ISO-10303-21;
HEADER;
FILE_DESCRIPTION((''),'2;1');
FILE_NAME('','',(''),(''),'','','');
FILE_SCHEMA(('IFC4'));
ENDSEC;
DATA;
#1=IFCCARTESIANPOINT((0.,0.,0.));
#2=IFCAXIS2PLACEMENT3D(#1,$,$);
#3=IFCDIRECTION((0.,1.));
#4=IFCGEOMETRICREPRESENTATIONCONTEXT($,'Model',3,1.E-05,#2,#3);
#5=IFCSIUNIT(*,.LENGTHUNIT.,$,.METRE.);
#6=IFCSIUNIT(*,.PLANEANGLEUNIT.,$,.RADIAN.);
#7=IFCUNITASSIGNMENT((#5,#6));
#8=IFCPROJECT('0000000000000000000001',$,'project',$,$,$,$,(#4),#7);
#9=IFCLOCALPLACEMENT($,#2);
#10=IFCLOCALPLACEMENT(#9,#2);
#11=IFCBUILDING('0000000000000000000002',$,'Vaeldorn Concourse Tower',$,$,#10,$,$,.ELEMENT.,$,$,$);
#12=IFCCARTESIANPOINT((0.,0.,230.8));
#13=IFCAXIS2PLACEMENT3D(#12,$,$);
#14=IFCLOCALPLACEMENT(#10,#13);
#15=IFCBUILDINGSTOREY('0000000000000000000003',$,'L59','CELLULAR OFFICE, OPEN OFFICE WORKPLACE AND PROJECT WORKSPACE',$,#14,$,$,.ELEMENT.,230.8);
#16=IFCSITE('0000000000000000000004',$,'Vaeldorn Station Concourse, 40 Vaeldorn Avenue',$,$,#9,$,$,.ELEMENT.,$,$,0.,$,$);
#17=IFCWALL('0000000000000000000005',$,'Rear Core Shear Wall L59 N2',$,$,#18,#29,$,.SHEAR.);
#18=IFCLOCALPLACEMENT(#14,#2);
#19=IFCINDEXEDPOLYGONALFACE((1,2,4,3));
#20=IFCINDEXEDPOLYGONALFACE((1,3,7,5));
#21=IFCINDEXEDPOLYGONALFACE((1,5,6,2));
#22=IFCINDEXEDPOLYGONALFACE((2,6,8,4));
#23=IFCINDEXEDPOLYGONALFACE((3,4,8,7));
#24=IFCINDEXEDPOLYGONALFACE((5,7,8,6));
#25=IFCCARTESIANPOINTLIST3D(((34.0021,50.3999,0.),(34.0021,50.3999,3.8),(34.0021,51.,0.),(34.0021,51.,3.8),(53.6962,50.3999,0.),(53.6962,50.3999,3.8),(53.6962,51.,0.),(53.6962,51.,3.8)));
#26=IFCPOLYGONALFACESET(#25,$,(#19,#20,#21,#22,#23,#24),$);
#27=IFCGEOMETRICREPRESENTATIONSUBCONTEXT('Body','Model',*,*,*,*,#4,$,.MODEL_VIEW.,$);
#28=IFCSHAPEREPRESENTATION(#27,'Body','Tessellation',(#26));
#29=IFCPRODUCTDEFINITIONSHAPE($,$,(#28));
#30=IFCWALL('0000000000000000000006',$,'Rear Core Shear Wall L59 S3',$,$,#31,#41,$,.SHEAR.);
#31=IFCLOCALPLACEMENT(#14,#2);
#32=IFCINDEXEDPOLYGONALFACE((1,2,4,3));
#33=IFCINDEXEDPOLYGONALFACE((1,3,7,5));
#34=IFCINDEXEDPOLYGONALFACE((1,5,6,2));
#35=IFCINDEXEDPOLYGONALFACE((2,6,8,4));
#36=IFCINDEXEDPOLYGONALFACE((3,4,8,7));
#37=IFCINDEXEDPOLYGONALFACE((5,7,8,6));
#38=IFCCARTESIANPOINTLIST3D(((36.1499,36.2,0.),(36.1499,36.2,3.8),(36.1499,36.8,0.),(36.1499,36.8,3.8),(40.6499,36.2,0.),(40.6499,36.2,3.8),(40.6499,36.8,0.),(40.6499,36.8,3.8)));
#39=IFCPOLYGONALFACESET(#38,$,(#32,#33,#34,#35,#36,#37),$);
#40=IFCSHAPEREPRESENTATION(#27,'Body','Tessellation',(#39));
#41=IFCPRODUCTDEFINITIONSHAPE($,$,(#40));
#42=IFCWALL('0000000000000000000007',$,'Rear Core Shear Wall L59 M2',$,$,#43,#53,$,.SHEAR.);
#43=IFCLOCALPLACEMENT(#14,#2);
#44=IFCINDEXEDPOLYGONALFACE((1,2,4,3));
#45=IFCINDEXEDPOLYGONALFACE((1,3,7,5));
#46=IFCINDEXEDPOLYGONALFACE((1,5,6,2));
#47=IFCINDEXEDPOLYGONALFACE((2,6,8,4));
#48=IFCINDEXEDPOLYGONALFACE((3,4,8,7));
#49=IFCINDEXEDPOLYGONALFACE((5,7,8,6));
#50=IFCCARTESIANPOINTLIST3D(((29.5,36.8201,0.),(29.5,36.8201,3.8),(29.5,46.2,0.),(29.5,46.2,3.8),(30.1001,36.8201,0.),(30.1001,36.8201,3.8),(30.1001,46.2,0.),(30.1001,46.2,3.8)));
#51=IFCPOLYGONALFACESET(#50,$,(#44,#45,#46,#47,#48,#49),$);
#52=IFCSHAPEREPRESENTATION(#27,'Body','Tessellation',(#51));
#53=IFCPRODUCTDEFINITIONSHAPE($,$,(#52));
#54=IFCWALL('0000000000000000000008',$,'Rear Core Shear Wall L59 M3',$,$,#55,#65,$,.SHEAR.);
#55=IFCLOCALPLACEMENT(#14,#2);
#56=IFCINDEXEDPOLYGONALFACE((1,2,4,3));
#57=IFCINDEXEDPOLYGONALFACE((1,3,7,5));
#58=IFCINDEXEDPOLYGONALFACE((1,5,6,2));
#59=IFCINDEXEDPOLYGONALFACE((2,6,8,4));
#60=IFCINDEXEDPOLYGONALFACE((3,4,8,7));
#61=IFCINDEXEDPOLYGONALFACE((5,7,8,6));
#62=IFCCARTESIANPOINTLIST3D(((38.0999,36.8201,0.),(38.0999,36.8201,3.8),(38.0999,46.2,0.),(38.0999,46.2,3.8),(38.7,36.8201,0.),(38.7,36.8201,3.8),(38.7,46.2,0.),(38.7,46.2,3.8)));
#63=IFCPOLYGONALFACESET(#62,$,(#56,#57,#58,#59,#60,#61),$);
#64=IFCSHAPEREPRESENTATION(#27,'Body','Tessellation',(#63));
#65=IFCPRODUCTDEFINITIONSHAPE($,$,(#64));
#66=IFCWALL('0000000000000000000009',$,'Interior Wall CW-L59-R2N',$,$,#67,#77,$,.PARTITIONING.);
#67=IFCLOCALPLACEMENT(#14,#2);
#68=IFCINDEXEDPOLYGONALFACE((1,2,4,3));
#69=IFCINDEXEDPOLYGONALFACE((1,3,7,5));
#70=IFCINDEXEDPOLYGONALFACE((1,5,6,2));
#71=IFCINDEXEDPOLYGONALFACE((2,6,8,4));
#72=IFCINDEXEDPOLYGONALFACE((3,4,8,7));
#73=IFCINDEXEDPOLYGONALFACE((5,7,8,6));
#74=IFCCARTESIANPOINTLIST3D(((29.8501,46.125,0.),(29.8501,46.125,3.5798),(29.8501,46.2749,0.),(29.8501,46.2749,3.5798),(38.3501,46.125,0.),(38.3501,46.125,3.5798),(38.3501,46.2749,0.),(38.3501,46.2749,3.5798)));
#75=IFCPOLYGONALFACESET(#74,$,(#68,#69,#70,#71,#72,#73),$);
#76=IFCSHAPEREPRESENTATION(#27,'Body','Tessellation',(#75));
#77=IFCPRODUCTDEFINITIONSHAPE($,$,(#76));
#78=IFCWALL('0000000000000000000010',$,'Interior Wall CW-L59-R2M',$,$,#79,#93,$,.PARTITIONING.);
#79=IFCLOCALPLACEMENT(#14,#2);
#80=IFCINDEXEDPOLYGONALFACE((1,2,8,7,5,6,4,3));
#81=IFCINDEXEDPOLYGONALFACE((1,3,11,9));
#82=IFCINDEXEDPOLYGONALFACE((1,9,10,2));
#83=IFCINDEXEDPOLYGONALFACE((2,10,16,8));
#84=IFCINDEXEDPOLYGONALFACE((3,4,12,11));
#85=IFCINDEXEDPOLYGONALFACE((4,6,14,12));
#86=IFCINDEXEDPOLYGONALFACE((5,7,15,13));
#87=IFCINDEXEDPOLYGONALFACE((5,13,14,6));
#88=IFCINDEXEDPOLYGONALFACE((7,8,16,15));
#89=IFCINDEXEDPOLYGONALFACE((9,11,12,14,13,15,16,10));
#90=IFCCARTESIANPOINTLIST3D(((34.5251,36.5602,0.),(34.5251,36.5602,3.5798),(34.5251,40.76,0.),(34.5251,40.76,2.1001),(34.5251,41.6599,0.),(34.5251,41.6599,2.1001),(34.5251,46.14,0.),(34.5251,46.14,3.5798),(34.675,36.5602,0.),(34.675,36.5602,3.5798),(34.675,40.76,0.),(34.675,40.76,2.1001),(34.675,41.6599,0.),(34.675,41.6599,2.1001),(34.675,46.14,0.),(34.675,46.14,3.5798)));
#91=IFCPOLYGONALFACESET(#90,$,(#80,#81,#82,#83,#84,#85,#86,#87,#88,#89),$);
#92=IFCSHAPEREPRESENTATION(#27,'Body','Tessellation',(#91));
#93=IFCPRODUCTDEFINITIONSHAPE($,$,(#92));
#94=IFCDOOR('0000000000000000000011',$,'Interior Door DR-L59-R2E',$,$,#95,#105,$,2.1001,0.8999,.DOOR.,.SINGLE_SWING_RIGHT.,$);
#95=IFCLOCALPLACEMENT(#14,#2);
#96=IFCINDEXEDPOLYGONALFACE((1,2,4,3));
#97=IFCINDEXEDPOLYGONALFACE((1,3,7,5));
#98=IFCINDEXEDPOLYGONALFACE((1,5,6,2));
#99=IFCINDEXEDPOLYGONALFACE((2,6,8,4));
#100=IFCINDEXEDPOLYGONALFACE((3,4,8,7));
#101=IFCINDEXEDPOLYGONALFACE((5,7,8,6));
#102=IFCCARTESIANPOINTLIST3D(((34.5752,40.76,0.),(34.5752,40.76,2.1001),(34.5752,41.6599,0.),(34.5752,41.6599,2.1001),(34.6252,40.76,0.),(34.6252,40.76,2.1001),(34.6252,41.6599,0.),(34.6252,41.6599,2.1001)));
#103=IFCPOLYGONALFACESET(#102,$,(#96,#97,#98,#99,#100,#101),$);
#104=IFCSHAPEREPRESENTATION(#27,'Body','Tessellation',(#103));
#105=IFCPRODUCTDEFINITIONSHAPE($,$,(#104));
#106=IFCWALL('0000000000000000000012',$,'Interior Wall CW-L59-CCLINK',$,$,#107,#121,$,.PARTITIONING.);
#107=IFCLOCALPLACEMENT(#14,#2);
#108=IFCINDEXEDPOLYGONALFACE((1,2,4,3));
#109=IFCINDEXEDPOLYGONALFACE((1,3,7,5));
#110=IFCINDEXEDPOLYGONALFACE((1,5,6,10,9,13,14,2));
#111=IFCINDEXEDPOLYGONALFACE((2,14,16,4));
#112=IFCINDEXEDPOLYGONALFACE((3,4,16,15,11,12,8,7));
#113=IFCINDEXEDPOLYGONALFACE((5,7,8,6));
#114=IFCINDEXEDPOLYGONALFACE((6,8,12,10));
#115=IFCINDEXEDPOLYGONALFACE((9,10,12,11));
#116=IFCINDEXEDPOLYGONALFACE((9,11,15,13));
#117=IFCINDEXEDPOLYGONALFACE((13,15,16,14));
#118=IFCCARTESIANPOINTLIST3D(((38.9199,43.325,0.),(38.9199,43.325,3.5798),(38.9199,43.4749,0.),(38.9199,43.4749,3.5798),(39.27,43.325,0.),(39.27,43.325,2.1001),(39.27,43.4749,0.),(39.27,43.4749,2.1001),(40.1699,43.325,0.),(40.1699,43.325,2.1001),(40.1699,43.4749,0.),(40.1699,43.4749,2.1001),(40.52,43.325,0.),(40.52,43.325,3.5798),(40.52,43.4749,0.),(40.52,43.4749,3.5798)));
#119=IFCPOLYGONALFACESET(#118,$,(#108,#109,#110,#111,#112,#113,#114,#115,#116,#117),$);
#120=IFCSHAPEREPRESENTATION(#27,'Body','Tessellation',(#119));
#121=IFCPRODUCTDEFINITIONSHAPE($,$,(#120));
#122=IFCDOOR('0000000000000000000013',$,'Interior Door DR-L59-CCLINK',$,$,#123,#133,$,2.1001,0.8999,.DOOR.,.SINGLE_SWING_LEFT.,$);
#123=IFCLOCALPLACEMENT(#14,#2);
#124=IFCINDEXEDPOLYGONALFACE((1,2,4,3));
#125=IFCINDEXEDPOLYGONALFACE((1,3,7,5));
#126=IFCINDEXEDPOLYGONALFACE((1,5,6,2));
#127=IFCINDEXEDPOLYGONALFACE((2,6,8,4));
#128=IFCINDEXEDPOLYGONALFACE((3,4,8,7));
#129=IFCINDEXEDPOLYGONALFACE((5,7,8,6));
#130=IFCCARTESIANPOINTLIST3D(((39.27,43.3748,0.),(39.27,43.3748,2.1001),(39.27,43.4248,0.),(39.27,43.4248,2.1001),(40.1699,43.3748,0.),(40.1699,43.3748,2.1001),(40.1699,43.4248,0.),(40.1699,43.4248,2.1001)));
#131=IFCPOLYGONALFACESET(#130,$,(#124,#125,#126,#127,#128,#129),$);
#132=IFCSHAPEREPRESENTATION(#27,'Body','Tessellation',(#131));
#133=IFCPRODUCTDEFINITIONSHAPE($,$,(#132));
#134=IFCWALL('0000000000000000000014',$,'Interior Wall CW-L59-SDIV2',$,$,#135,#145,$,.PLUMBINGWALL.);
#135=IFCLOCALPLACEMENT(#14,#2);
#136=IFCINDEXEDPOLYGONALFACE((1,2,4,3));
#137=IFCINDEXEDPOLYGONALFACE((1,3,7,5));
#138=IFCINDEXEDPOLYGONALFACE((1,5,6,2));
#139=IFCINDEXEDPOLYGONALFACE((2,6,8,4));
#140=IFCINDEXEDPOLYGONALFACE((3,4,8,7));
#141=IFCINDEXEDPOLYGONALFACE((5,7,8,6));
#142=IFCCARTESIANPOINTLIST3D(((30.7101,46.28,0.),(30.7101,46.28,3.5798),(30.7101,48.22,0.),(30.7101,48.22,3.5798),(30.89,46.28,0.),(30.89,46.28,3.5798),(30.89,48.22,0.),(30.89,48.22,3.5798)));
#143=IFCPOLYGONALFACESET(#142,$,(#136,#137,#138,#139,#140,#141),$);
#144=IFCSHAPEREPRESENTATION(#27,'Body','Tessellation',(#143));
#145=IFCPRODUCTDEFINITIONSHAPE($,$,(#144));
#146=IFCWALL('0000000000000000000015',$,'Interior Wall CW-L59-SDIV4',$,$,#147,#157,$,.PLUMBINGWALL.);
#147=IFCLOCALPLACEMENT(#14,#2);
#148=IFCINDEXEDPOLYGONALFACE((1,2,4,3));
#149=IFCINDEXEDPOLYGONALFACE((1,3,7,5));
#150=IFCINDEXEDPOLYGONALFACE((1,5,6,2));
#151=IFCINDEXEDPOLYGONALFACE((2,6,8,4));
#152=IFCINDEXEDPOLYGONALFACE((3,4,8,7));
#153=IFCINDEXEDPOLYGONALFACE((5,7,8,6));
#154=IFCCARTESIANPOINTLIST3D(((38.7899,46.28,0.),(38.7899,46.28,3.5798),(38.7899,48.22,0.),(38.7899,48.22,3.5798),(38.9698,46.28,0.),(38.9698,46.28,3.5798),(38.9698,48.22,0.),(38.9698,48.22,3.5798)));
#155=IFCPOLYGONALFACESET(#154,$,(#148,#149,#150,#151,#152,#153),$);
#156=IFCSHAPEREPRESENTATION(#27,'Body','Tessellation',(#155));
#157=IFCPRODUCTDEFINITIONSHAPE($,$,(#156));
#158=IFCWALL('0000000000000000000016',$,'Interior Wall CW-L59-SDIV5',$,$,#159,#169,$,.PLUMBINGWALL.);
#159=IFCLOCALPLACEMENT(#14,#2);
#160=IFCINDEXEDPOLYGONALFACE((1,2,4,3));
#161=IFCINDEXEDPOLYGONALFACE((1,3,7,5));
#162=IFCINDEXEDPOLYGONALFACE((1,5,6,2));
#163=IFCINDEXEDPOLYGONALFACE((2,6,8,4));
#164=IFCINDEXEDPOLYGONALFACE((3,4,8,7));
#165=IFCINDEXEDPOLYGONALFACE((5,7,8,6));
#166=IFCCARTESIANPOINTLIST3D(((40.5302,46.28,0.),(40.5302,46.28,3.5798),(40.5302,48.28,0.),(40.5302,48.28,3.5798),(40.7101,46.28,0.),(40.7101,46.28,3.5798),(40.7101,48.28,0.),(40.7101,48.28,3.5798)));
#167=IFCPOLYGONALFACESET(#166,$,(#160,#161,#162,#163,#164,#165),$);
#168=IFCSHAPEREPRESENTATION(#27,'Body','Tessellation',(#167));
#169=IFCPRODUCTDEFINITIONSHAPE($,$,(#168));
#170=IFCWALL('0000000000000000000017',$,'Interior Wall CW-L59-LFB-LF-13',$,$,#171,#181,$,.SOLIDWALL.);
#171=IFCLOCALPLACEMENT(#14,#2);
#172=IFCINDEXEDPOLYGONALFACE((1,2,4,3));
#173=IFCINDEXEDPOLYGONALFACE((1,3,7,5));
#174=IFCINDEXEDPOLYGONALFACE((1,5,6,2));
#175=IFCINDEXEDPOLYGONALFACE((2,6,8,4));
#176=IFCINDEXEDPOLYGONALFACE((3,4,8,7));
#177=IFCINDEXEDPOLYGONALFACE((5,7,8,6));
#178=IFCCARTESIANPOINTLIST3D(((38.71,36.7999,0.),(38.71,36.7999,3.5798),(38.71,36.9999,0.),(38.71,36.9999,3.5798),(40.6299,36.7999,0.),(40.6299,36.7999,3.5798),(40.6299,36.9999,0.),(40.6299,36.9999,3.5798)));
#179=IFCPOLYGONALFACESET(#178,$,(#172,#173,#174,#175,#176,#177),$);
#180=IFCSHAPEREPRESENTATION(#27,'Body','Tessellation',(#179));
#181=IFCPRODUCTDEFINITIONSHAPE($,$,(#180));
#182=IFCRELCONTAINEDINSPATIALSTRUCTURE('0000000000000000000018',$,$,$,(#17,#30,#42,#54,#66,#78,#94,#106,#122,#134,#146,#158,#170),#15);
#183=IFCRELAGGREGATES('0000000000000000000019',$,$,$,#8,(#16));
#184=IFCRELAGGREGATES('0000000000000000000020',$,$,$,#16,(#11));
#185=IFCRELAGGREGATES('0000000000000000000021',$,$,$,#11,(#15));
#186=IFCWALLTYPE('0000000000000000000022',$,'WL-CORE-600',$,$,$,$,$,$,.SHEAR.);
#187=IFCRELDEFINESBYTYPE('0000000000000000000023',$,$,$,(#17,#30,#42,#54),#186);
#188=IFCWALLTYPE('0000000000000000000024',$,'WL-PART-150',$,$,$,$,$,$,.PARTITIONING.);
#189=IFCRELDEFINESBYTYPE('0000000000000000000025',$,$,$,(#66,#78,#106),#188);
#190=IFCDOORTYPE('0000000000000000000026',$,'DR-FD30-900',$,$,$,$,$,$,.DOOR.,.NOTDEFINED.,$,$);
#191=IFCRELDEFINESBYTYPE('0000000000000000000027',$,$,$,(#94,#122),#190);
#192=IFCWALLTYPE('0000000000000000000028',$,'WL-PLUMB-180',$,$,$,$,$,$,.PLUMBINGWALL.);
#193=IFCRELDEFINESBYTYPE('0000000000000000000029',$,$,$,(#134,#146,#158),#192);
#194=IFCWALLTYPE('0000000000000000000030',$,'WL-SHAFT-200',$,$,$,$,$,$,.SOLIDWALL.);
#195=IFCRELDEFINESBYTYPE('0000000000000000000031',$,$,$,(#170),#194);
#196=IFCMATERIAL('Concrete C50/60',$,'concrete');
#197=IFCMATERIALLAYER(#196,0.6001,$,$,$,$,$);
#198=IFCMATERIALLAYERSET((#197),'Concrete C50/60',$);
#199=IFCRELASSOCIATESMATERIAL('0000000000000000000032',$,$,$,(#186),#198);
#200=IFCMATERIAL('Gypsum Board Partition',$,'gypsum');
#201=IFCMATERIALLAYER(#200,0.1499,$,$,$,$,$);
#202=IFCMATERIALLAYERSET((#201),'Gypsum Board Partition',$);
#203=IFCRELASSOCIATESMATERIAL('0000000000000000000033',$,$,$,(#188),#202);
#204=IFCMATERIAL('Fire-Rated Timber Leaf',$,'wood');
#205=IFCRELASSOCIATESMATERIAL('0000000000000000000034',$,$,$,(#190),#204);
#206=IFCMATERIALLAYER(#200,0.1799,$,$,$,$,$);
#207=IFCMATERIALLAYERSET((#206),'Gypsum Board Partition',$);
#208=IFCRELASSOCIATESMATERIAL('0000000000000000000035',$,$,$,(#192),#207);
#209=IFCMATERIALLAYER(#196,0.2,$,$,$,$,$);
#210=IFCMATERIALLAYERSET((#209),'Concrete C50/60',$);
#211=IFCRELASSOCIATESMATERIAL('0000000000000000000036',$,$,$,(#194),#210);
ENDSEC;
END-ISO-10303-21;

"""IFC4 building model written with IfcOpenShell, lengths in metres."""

from ifc_helpers import new_model, si_unit, direction, frame, frame_2d, origin, place, context, subcontext, project, spatial, rectangle, extrude, source, transform, mapped, material, layer, layer_set, type_object, element, fill, save


model = new_model("IFC4")

# Units and contexts
model_context = context("Model", 3, precision=1e-05, world=origin(), true_north=direction((0.0, 1.0)))
body_context = subcontext(model_context, "Body", "Model", "MODEL_VIEW")
ifc_project = project(units=[si_unit("LENGTHUNIT", "METRE"), si_unit("PLANEANGLEUNIT", "RADIAN")], contexts=[model_context])

# Site, building, storey
site_placement = place(None, origin())
site = spatial("IfcSite", under=ifc_project, at=site_placement, Name="Vaeldorn Station Concourse, 40 Vaeldorn Avenue", CompositionType="ELEMENT", RefElevation=0.0)
building_placement = place(site_placement, origin())
building = spatial("IfcBuilding", under=site, at=building_placement, Name="Vaeldorn Concourse Tower", CompositionType="ELEMENT")
storey_placement = place(building_placement, frame((0.0, 0.0, 230.8)))
storey = spatial("IfcBuildingStorey", under=building, at=storey_placement, Name="L59", Description="CELLULAR OFFICE, OPEN OFFICE WORKPLACE AND PROJECT WORKSPACE", CompositionType="ELEMENT", Elevation=230.8)

# Walls
ifc_material_1 = material(Name="Concrete C50/60", Category="concrete")
ifc_layer_1 = layer(ifc_material_1, 0.6001)
ifc_layer_set_1 = layer_set([ifc_layer_1], Name="Concrete C50/60")
wall_type_1 = type_object("IfcWallType", Name="WL-CORE-600", PredefinedType="SHEAR", material=ifc_layer_set_1)
wall_1_placement = place(storey_placement, frame((34.002, 50.7, 0.0), z_axis=(0.0, 0.0, 1.0), x_axis=(1.0, 0.0, 0.0)))
element("IfcWall", 1, at=wall_1_placement, inside=storey, type_object=wall_type_1, Name="Rear Core Shear Wall L59 N2", PredefinedType="SHEAR", context=body_context, shape_type="SweptSolid", body=[
    extrude(rectangle(XDim=19.6941, YDim=0.6001, at=frame_2d((9.8472, 0.0))), origin(), (0.0, 0.0, 1.0), 3.8),
])
wall_2_placement = place(storey_placement, frame((36.1499, 36.5, 0.0), z_axis=(0.0, 0.0, 1.0), x_axis=(1.0, 0.0, 0.0)))
element("IfcWall", 2, at=wall_2_placement, inside=storey, type_object=wall_type_1, Name="Rear Core Shear Wall L59 S3", PredefinedType="SHEAR", context=body_context, shape_type="SweptSolid", body=[
    extrude(rectangle(XDim=4.5, YDim=0.6001, at=frame_2d((2.25, 0.0))), origin(), (0.0, 0.0, 1.0), 3.8),
])
for number, where, z_axis, x_axis, name in (
    (3, (29.8, 36.8201, 0.0), (0.0, 0.0, 1.0), (0.0, 1.0, 0.0), "Rear Core Shear Wall L59 M2"),
    (4, (38.3999, 36.8201, 0.0), (0.0, 0.0, 1.0), (0.0, 1.0, 0.0), "Rear Core Shear Wall L59 M3"),
):
    element("IfcWall", number, at=place(storey_placement, frame(where, z_axis=z_axis, x_axis=x_axis)), inside=storey, type_object=wall_type_1, Name=name, PredefinedType="SHEAR", context=body_context, shape_type="SweptSolid", body=[
        extrude(rectangle(XDim=9.3799, YDim=0.6001, at=frame_2d((4.6899, 0.0))), origin(), (0.0, 0.0, 1.0), 3.8),
    ])
ifc_material_2 = material(Name="Gypsum Board Partition", Category="gypsum")
ifc_layer_2 = layer(ifc_material_2, 0.1499)
ifc_layer_set_2 = layer_set([ifc_layer_2], Name="Gypsum Board Partition")
wall_type_2 = type_object("IfcWallType", Name="WL-PART-150", PredefinedType="PARTITIONING", material=ifc_layer_set_2)
wall_3_placement = place(storey_placement, frame((29.8501, 46.2, 0.0), z_axis=(0.0, 0.0, 1.0), x_axis=(1.0, 0.0, 0.0)))
element("IfcWall", 5, at=wall_3_placement, inside=storey, type_object=wall_type_2, Name="Interior Wall CW-L59-R2N", PredefinedType="PARTITIONING", context=body_context, shape_type="SweptSolid", body=[
    extrude(rectangle(XDim=8.5, YDim=0.1499, at=frame_2d((4.25, 0.0))), origin(), (0.0, 0.0, 1.0), 3.5798),
])

# Walls, openings, doors
wall_4_placement = place(storey_placement, frame((34.6001, 36.5601, 0.0), z_axis=(0.0, 0.0, 1.0), x_axis=(0.0, 1.0, 0.0)))
wall_4 = element("IfcWall", 6, at=wall_4_placement, inside=storey, type_object=wall_type_2, Name="Interior Wall CW-L59-R2M", PredefinedType="PARTITIONING", context=body_context, shape_type="SweptSolid", body=[
    extrude(rectangle(XDim=9.5798, YDim=0.1499, at=frame_2d((4.79, 0.0))), origin(), (0.0, 0.0, 1.0), 3.5798),
])
opening_1_placement = place(wall_4_placement, frame((4.2, 0.0, 0.0)))
opening_1 = element("IfcOpeningElement", 7, at=opening_1_placement, cuts=wall_4, PredefinedType="OPENING", context=body_context, shape_type="SweptSolid", body=[
    extrude(rectangle(XDim=0.8999, YDim=2.1001, at=frame_2d((0.45, 1.05))), frame((0.0, 0.085, 0.0), z_axis=(0.0, -1.0, 0.0), x_axis=(1.0, 0.0, 0.0)), (0.0, 0.0, 1.0), 0.1699),
])
ifc_material_3 = material(Name="Fire-Rated Timber Leaf", Category="wood")
door_type_1 = type_object("IfcDoorType", Name="DR-FD30-900", OperationType="NOTDEFINED", PredefinedType="DOOR", material=ifc_material_3)
shared_shape_1 = source(origin(), body_context, "Body", "SweptSolid", [
    extrude(rectangle(XDim=0.8999, YDim=2.1001, at=frame_2d((0.45, 1.05))), frame((0.0, 0.0249, 0.0), z_axis=(0.0, -1.0, 0.0), x_axis=(1.0, 0.0, 0.0)), (0.0, 0.0, 1.0), 0.05),
])
door_1_placement = place(opening_1_placement, origin())
door_1 = element("IfcDoor", 8, at=door_1_placement, inside=storey, type_object=door_type_1, Name="Interior Door DR-L59-R2E", OperationType="SINGLE_SWING_RIGHT", OverallHeight=2.1001, OverallWidth=0.8999, PredefinedType="DOOR", context=body_context, shape_type="MappedRepresentation", body=[
    mapped(shared_shape_1, transform((0.0, 0.0, 0.0), scale=1.0)),
])
fill(opening_1, door_1)
wall_5_placement = place(storey_placement, frame((38.9199, 43.3999, 0.0), z_axis=(0.0, 0.0, 1.0), x_axis=(1.0, 0.0, 0.0)))
wall_5 = element("IfcWall", 9, at=wall_5_placement, inside=storey, type_object=wall_type_2, Name="Interior Wall CW-L59-CCLINK", PredefinedType="PARTITIONING", context=body_context, shape_type="SweptSolid", body=[
    extrude(rectangle(XDim=1.6001, YDim=0.1499, at=frame_2d((0.8, 0.0))), origin(), (0.0, 0.0, 1.0), 3.5798),
])
opening_2_placement = place(wall_5_placement, frame((0.3501, 0.0, 0.0)))
opening_2 = element("IfcOpeningElement", 10, at=opening_2_placement, cuts=wall_5, PredefinedType="OPENING", context=body_context, shape_type="SweptSolid", body=[
    extrude(rectangle(XDim=0.8999, YDim=2.1001, at=frame_2d((0.45, 1.05))), frame((0.0, 0.085, 0.0), z_axis=(0.0, -1.0, 0.0), x_axis=(1.0, 0.0, 0.0)), (0.0, 0.0, 1.0), 0.1699),
])
door_2_placement = place(opening_2_placement, origin())
door_2 = element("IfcDoor", 11, at=door_2_placement, inside=storey, type_object=door_type_1, Name="Interior Door DR-L59-CCLINK", OperationType="SINGLE_SWING_LEFT", OverallHeight=2.1001, OverallWidth=0.8999, PredefinedType="DOOR", context=body_context, shape_type="MappedRepresentation", body=[
    mapped(shared_shape_1, transform((0.0, 0.0, 0.0), scale=1.0)),
])
fill(opening_2, door_2)

# Walls
ifc_layer_3 = layer(ifc_material_2, 0.1799)
ifc_layer_set_3 = layer_set([ifc_layer_3], Name="Gypsum Board Partition")
wall_type_3 = type_object("IfcWallType", Name="WL-PLUMB-180", PredefinedType="PLUMBINGWALL", material=ifc_layer_set_3)
for number, where, z_axis, x_axis, name in (
    (12, (30.8, 46.28, 0.0), (0.0, 0.0, 1.0), (0.0, 1.0, 0.0), "Interior Wall CW-L59-SDIV2"),
    (13, (38.8799, 46.28, 0.0), (0.0, 0.0, 1.0), (0.0, 1.0, 0.0), "Interior Wall CW-L59-SDIV4"),
):
    element("IfcWall", number, at=place(storey_placement, frame(where, z_axis=z_axis, x_axis=x_axis)), inside=storey, type_object=wall_type_3, Name=name, PredefinedType="PLUMBINGWALL", context=body_context, shape_type="SweptSolid", body=[
        extrude(rectangle(XDim=1.9399, YDim=0.1799, at=frame_2d((0.97, 0.0))), origin(), (0.0, 0.0, 1.0), 3.5798),
    ])
wall_6_placement = place(storey_placement, frame((40.6201, 46.28, 0.0), z_axis=(0.0, 0.0, 1.0), x_axis=(0.0, 1.0, 0.0)))
element("IfcWall", 14, at=wall_6_placement, inside=storey, type_object=wall_type_3, Name="Interior Wall CW-L59-SDIV5", PredefinedType="PLUMBINGWALL", context=body_context, shape_type="SweptSolid", body=[
    extrude(rectangle(XDim=2.0, YDim=0.1799, at=frame_2d((1.0, 0.0))), origin(), (0.0, 0.0, 1.0), 3.5798),
])

# Shared definitions
ifc_layer_4 = layer(ifc_material_1, 0.2)
ifc_layer_set_4 = layer_set([ifc_layer_4], Name="Concrete C50/60")
wall_type_4 = type_object("IfcWallType", Name="WL-SHAFT-200", PredefinedType="SOLIDWALL", material=ifc_layer_set_4)

# Wall
wall_7_placement = place(storey_placement, frame((38.71, 36.8999, 0.0), z_axis=(0.0, 0.0, 1.0), x_axis=(1.0, 0.0, 0.0)))
element("IfcWall", 15, at=wall_7_placement, inside=storey, type_object=wall_type_4, Name="Interior Wall CW-L59-LFB-LF-13", PredefinedType="SOLIDWALL", context=body_context, shape_type="SweptSolid", body=[
    extrude(rectangle(XDim=1.9199, YDim=0.2, at=frame_2d((0.96, 0.0))), origin(), (0.0, 0.0, 1.0), 3.5798),
])

save(model, "model.ifc")
